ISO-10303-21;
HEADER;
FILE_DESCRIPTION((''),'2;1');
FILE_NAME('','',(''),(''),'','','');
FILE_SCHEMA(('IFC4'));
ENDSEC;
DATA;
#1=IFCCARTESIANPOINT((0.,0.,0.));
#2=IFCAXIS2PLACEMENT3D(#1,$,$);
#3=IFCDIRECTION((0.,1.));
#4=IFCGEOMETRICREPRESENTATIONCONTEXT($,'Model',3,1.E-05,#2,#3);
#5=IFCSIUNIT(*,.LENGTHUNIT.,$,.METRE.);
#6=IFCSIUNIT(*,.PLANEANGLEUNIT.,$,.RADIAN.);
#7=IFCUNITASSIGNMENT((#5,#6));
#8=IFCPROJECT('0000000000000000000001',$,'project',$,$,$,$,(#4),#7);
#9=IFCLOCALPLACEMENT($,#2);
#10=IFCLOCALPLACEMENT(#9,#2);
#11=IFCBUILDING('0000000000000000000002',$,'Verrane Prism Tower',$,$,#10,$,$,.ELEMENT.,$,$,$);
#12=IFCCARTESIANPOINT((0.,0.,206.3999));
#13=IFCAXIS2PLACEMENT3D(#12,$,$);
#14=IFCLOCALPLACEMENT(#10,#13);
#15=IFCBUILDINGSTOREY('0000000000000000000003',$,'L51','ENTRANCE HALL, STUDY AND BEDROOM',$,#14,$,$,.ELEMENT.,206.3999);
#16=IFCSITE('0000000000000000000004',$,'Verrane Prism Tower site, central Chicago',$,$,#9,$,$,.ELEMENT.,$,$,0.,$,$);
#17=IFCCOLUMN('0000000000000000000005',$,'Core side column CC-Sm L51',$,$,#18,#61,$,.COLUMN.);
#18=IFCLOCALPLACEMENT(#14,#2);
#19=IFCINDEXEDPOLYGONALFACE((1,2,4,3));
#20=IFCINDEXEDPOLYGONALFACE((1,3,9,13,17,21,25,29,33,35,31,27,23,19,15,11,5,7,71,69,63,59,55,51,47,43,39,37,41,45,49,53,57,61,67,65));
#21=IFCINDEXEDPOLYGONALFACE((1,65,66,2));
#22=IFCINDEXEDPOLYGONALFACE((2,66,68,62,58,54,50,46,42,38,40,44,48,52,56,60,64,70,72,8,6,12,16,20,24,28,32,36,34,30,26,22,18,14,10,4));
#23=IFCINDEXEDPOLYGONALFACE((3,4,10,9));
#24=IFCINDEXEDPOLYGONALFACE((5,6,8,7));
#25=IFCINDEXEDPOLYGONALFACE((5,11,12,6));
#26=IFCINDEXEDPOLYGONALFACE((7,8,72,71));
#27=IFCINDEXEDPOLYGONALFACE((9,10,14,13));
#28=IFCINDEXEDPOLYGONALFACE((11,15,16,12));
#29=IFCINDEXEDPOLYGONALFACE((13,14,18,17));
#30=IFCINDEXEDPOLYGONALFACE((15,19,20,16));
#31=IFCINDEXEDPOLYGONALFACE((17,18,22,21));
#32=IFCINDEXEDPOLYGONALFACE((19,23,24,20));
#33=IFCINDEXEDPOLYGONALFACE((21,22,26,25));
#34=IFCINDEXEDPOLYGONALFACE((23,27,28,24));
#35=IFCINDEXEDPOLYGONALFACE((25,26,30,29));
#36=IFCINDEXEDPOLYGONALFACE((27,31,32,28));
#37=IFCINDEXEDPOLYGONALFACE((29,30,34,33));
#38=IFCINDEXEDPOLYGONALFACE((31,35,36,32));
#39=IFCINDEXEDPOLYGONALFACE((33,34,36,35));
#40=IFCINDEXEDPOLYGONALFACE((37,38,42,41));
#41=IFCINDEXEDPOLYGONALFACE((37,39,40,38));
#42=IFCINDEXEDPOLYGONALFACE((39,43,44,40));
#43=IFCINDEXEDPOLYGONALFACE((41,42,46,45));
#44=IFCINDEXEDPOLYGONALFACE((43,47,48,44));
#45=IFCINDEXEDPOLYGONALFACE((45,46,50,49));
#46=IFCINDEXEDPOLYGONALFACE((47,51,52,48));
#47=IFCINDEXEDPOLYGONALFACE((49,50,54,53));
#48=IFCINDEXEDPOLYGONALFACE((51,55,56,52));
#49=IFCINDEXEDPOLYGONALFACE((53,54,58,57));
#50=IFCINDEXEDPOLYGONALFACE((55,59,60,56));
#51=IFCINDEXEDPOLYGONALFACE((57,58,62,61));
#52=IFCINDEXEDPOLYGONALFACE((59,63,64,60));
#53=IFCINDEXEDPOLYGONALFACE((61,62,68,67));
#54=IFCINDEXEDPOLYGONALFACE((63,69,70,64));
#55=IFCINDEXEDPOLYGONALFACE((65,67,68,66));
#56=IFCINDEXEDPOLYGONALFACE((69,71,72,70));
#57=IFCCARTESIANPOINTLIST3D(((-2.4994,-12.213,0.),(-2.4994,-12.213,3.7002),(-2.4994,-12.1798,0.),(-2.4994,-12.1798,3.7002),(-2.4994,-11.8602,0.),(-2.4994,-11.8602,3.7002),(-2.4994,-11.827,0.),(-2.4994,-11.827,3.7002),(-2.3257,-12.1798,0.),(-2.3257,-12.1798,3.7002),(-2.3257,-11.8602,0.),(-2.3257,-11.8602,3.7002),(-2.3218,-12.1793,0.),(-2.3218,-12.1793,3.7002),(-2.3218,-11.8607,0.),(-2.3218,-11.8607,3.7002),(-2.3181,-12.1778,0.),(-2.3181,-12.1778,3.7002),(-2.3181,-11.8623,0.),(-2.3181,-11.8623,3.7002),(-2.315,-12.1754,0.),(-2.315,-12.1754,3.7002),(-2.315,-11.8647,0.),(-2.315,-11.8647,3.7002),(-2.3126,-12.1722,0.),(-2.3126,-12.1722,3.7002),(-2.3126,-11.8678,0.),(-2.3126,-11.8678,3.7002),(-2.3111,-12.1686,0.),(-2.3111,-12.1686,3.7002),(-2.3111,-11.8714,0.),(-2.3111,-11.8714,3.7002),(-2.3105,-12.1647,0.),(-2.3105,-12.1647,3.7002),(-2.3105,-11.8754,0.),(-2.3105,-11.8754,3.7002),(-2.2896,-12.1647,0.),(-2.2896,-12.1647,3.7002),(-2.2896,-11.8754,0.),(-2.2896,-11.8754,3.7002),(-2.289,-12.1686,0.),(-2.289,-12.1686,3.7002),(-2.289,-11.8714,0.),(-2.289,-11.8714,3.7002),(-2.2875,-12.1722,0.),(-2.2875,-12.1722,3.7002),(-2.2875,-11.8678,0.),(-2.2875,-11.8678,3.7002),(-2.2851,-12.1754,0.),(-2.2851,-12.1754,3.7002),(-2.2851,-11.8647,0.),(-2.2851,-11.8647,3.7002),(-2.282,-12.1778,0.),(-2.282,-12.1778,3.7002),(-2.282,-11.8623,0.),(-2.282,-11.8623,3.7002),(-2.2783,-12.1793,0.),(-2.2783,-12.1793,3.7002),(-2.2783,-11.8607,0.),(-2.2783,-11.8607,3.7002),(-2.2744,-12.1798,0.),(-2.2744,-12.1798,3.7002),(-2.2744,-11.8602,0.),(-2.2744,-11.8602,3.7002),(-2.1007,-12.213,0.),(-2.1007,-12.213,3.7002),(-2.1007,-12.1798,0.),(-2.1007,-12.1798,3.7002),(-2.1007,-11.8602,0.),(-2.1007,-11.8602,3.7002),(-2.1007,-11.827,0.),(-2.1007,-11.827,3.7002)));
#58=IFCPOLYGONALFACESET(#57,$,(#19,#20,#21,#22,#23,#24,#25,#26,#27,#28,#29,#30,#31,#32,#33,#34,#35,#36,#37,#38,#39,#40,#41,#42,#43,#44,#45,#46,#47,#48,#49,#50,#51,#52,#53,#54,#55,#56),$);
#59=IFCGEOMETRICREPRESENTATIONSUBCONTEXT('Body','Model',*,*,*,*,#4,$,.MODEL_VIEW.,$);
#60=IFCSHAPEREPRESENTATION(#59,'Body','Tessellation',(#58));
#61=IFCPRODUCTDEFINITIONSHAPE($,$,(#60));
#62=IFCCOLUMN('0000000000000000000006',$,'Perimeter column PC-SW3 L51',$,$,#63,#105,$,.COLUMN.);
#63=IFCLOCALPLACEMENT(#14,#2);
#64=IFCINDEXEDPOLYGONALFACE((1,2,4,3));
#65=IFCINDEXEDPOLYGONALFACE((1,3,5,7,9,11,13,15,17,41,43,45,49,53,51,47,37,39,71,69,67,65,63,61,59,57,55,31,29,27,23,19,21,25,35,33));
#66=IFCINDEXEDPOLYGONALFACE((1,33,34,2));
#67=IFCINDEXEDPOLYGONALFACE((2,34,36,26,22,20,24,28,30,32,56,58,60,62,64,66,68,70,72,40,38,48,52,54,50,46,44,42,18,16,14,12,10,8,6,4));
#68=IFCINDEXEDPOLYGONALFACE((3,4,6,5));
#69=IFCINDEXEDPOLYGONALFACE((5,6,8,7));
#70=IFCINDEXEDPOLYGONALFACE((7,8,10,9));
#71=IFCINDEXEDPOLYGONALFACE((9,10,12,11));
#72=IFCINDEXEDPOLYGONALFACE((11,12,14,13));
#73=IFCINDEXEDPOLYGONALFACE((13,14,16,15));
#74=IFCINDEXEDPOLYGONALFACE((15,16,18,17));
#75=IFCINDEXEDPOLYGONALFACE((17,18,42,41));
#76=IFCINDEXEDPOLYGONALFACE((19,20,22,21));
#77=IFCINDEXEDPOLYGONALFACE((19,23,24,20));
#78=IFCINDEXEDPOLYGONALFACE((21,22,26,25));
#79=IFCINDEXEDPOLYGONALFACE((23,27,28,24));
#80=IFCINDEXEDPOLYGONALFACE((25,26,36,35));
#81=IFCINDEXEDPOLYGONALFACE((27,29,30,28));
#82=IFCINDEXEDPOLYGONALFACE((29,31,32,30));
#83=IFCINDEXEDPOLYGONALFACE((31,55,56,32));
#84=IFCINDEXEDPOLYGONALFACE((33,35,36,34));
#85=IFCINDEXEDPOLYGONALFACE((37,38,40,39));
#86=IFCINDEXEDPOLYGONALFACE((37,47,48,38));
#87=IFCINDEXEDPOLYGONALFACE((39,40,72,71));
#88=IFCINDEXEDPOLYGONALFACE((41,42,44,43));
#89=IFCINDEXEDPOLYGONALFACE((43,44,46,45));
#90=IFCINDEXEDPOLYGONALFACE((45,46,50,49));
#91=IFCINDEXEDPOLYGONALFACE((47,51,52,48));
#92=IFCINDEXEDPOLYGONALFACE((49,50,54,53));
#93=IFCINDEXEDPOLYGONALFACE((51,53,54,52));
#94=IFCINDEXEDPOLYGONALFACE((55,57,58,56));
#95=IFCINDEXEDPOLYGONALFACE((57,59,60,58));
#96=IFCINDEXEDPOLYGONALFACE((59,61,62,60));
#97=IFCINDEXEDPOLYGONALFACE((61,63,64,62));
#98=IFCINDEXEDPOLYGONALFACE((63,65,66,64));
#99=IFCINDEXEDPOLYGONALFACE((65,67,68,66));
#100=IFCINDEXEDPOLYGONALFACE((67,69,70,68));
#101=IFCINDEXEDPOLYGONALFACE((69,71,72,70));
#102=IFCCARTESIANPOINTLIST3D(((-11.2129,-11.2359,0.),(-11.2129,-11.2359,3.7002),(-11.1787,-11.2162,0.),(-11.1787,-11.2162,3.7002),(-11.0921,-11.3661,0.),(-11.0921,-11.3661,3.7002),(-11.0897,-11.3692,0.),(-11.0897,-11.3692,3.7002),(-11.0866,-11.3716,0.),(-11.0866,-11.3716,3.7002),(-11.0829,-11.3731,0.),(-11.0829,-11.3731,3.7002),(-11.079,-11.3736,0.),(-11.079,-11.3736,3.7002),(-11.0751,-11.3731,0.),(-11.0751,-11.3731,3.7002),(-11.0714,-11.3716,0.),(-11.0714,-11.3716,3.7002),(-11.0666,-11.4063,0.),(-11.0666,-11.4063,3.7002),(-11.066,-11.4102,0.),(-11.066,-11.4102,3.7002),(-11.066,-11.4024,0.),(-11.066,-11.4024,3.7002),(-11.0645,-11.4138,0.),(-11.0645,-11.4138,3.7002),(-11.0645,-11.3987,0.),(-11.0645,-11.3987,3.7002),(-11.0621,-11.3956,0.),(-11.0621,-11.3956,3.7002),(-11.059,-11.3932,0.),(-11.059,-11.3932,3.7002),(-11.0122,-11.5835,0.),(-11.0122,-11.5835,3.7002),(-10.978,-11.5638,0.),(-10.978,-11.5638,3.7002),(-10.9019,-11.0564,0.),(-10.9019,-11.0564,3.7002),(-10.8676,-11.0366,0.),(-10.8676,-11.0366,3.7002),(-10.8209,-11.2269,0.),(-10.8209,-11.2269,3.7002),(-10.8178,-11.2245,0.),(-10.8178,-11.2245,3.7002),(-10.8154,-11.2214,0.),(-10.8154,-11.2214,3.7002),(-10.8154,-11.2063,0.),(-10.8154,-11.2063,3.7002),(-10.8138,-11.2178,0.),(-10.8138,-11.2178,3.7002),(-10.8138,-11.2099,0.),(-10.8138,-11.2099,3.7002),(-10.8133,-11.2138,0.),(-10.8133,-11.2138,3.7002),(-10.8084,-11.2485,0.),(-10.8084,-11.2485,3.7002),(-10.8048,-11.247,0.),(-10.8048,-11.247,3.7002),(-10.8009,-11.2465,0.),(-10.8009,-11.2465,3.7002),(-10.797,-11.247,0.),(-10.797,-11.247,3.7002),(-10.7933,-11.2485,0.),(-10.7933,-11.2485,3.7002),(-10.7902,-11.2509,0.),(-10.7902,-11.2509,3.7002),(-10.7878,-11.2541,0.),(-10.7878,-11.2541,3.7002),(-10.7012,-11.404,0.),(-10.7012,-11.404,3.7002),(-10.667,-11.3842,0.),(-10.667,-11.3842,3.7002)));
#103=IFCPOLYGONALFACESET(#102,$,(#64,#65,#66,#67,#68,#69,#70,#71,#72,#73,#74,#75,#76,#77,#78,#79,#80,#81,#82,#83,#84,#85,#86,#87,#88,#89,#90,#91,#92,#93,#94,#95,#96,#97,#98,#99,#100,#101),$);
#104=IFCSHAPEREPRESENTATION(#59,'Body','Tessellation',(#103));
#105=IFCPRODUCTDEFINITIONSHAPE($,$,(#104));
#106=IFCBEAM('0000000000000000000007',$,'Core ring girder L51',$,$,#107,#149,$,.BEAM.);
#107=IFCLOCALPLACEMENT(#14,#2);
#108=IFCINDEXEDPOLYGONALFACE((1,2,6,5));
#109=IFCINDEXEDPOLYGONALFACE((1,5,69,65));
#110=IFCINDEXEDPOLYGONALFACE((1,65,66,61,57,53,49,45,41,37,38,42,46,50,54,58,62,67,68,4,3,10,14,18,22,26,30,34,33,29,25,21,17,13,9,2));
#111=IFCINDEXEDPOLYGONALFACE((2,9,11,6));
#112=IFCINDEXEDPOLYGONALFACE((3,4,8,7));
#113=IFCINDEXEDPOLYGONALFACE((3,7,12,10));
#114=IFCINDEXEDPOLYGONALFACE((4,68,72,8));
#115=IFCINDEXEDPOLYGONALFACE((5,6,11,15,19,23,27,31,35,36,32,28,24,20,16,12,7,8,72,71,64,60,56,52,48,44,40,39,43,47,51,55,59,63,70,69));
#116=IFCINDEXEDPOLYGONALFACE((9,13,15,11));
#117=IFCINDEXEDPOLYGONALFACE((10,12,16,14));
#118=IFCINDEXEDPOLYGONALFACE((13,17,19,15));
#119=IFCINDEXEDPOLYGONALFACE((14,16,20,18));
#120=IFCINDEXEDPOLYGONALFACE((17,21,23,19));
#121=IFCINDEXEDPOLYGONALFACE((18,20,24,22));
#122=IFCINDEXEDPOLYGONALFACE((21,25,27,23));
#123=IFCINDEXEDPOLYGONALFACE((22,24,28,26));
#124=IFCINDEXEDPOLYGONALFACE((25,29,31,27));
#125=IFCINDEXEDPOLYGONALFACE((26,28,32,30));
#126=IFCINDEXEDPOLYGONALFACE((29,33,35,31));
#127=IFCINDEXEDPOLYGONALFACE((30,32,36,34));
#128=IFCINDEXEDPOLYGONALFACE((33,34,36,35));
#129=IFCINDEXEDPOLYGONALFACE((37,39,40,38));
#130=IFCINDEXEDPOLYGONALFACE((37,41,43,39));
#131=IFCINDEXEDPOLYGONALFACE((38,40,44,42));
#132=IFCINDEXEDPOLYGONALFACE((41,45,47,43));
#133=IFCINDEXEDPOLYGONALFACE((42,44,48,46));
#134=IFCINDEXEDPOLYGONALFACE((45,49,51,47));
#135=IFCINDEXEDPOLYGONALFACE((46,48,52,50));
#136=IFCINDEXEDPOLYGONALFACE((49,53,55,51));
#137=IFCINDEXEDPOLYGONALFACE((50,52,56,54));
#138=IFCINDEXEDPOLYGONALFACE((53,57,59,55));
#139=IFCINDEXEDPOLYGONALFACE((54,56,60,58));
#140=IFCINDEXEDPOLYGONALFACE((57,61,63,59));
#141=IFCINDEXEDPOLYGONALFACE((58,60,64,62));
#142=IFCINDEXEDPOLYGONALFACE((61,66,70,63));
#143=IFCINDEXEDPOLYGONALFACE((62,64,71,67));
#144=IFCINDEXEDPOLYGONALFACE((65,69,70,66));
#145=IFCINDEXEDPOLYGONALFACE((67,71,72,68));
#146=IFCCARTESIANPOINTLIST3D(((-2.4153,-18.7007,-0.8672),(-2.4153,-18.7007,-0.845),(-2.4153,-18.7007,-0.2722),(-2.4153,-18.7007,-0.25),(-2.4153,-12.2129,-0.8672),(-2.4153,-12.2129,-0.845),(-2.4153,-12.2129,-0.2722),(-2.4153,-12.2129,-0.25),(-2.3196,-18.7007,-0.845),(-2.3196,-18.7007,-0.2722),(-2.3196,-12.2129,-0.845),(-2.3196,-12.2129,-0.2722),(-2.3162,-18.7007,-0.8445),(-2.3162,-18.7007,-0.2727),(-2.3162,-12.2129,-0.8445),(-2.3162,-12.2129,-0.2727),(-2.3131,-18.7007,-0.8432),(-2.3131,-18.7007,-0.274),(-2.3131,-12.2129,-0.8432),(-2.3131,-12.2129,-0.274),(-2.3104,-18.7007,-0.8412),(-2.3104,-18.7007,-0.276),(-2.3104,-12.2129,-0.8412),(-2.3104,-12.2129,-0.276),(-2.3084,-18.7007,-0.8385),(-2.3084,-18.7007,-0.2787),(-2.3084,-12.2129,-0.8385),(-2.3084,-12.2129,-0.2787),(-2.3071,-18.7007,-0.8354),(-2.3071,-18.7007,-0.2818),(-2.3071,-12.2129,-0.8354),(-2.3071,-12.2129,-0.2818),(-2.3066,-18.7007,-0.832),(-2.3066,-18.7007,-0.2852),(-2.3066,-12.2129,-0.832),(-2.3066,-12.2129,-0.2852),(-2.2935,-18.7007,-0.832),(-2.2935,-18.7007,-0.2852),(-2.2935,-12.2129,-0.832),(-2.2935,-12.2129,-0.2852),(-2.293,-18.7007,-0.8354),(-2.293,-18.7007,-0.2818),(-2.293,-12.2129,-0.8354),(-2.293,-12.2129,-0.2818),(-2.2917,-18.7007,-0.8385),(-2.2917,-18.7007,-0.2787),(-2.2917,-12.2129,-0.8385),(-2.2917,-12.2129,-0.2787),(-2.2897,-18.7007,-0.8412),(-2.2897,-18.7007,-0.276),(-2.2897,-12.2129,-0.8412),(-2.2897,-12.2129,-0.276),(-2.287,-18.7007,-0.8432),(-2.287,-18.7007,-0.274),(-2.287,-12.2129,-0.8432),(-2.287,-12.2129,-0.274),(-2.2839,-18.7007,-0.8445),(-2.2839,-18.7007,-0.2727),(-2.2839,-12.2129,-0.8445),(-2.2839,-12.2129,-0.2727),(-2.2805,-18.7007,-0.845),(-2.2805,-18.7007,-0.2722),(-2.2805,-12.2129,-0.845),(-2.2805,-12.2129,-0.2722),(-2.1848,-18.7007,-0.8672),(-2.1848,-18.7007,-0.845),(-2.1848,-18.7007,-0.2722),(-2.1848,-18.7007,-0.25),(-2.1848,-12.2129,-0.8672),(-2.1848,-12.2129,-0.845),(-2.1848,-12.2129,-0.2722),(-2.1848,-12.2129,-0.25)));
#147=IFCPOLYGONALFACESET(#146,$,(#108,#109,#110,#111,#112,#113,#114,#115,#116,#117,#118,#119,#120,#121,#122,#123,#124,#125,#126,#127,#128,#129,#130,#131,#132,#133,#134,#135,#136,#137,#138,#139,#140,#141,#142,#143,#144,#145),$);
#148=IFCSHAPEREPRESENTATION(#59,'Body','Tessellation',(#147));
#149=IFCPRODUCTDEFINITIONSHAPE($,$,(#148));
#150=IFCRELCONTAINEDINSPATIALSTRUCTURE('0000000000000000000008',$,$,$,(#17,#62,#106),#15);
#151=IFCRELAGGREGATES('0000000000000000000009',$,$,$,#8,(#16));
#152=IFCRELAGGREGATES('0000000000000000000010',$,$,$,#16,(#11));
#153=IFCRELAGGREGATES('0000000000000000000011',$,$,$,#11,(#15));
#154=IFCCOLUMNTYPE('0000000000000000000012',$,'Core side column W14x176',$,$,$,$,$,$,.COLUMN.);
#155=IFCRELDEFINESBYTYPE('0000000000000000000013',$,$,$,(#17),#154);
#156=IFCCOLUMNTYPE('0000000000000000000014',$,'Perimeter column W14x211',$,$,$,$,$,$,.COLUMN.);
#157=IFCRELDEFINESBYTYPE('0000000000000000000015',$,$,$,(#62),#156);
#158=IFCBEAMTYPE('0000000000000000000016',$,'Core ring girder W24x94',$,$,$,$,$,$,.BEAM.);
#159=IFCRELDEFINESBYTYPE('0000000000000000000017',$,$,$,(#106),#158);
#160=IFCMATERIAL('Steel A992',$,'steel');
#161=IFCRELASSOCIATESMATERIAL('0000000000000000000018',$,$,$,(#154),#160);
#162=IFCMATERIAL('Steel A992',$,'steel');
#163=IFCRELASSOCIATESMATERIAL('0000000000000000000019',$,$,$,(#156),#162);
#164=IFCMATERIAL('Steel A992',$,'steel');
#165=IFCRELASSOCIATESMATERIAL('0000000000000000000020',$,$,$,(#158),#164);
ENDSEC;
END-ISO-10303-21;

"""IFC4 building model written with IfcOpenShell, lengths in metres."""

from ifc_helpers import new_model, si_unit, direction, frame, origin, origin_2d, place, context, subcontext, project, spatial, i_section, extrude, material, material_profile, profile_set, type_object, element, save


model = new_model("IFC4")

# Units and contexts
model_context = context("Model", 3, precision=1e-05, world=origin(), true_north=direction((0.0, 1.0)))
body_context = subcontext(model_context, "Body", "Model", "MODEL_VIEW")
ifc_project = project(units=[si_unit("LENGTHUNIT", "METRE"), si_unit("PLANEANGLEUNIT", "RADIAN")], contexts=[model_context])

# Site, building, storey
site_placement = place(None, origin())
site = spatial("IfcSite", under=ifc_project, at=site_placement, Name="Verrane Prism Tower site, central Chicago", CompositionType="ELEMENT", RefElevation=0.0)
building_placement = place(site_placement, origin())
building = spatial("IfcBuilding", under=site, at=building_placement, Name="Verrane Prism Tower", CompositionType="ELEMENT")
storey_placement = place(building_placement, frame((0.0, 0.0, 206.3999)))
storey = spatial("IfcBuildingStorey", under=building, at=storey_placement, Name="L51", Description="ENTRANCE HALL, STUDY AND BEDROOM", CompositionType="ELEMENT", Elevation=206.3999)

# Columns
ifc_material_1 = material(Name="Steel A992", Category="steel")
ifc_material_profile_1 = material_profile(ifc_material_1, i_section(OverallWidth=0.3987, OverallDepth=0.386, WebThickness=0.021, FlangeThickness=0.0332, FilletRadius=0.0151, at=origin_2d()), Name="W14x176")
ifc_profile_set_1 = profile_set([ifc_material_profile_1], Name="Steel A992")
column_type_1 = type_object("IfcColumnType", Name="Core side column W14x176", PredefinedType="COLUMN", material=ifc_profile_set_1)
column_1_placement = place(storey_placement, frame((-2.3, -12.02, 0.0), z_axis=(0.0, 0.0, 1.0), x_axis=(1.0, 0.0, 0.0)))
element("IfcColumn", 1, at=column_1_placement, inside=storey, type_object=column_type_1, Name="Core side column CC-Sm L51", PredefinedType="COLUMN", context=body_context, shape_type="SweptSolid", body=[
    extrude(i_section(OverallWidth=0.3987, OverallDepth=0.386, WebThickness=0.021, FlangeThickness=0.0332, FilletRadius=0.0151, at=origin_2d()), origin(), (0.0, 0.0, 1.0), 3.7002),
])
ifc_material_2 = material(Name="Steel A992", Category="steel")
ifc_material_profile_2 = material_profile(ifc_material_2, i_section(OverallWidth=0.4014, OverallDepth=0.3987, WebThickness=0.0249, FlangeThickness=0.0396, FilletRadius=0.0151, at=origin_2d()), Name="W14x211")
ifc_profile_set_2 = profile_set([ifc_material_profile_2], Name="Steel A992")
column_type_2 = type_object("IfcColumnType", Name="Perimeter column W14x211", PredefinedType="COLUMN", material=ifc_profile_set_2)
column_2_placement = place(storey_placement, frame((-10.9399, -11.3101, 0.0), z_axis=(0.0, 0.0, 1.0), x_axis=(-0.5, 0.866025, 0.0)))
element("IfcColumn", 2, at=column_2_placement, inside=storey, type_object=column_type_2, Name="Perimeter column PC-SW3 L51", PredefinedType="COLUMN", context=body_context, shape_type="SweptSolid", body=[
    extrude(i_section(OverallWidth=0.4014, OverallDepth=0.3987, WebThickness=0.0249, FlangeThickness=0.0396, FilletRadius=0.0151, at=origin_2d()), origin(), (0.0, 0.0, 1.0), 3.7002),
])

# Beam
ifc_material_3 = material(Name="Steel A992", Category="steel")
ifc_material_profile_3 = material_profile(ifc_material_3, i_section(OverallWidth=0.2305, OverallDepth=0.6172, WebThickness=0.0132, FlangeThickness=0.0222, FilletRadius=0.0129, at=origin_2d()), Name="W24x94")
ifc_profile_set_3 = profile_set([ifc_material_profile_3], Name="Steel A992")
beam_type_1 = type_object("IfcBeamType", Name="Core ring girder W24x94", PredefinedType="BEAM", material=ifc_profile_set_3)
beam_1_placement = place(storey_placement, frame((-2.3, -12.2129, -0.5586), z_axis=(0.0, -1.0, 0.0), x_axis=(1.0, 0.0, 0.0)))
element("IfcBeam", 3, at=beam_1_placement, inside=storey, type_object=beam_type_1, Name="Core ring girder L51", PredefinedType="BEAM", context=body_context, shape_type="SweptSolid", body=[
    extrude(i_section(OverallWidth=0.2305, OverallDepth=0.6172, WebThickness=0.0132, FlangeThickness=0.0222, FilletRadius=0.0129, at=origin_2d()), origin(), (0.0, 0.0, 1.0), 6.4878),
])

save(model, "model.ifc")
